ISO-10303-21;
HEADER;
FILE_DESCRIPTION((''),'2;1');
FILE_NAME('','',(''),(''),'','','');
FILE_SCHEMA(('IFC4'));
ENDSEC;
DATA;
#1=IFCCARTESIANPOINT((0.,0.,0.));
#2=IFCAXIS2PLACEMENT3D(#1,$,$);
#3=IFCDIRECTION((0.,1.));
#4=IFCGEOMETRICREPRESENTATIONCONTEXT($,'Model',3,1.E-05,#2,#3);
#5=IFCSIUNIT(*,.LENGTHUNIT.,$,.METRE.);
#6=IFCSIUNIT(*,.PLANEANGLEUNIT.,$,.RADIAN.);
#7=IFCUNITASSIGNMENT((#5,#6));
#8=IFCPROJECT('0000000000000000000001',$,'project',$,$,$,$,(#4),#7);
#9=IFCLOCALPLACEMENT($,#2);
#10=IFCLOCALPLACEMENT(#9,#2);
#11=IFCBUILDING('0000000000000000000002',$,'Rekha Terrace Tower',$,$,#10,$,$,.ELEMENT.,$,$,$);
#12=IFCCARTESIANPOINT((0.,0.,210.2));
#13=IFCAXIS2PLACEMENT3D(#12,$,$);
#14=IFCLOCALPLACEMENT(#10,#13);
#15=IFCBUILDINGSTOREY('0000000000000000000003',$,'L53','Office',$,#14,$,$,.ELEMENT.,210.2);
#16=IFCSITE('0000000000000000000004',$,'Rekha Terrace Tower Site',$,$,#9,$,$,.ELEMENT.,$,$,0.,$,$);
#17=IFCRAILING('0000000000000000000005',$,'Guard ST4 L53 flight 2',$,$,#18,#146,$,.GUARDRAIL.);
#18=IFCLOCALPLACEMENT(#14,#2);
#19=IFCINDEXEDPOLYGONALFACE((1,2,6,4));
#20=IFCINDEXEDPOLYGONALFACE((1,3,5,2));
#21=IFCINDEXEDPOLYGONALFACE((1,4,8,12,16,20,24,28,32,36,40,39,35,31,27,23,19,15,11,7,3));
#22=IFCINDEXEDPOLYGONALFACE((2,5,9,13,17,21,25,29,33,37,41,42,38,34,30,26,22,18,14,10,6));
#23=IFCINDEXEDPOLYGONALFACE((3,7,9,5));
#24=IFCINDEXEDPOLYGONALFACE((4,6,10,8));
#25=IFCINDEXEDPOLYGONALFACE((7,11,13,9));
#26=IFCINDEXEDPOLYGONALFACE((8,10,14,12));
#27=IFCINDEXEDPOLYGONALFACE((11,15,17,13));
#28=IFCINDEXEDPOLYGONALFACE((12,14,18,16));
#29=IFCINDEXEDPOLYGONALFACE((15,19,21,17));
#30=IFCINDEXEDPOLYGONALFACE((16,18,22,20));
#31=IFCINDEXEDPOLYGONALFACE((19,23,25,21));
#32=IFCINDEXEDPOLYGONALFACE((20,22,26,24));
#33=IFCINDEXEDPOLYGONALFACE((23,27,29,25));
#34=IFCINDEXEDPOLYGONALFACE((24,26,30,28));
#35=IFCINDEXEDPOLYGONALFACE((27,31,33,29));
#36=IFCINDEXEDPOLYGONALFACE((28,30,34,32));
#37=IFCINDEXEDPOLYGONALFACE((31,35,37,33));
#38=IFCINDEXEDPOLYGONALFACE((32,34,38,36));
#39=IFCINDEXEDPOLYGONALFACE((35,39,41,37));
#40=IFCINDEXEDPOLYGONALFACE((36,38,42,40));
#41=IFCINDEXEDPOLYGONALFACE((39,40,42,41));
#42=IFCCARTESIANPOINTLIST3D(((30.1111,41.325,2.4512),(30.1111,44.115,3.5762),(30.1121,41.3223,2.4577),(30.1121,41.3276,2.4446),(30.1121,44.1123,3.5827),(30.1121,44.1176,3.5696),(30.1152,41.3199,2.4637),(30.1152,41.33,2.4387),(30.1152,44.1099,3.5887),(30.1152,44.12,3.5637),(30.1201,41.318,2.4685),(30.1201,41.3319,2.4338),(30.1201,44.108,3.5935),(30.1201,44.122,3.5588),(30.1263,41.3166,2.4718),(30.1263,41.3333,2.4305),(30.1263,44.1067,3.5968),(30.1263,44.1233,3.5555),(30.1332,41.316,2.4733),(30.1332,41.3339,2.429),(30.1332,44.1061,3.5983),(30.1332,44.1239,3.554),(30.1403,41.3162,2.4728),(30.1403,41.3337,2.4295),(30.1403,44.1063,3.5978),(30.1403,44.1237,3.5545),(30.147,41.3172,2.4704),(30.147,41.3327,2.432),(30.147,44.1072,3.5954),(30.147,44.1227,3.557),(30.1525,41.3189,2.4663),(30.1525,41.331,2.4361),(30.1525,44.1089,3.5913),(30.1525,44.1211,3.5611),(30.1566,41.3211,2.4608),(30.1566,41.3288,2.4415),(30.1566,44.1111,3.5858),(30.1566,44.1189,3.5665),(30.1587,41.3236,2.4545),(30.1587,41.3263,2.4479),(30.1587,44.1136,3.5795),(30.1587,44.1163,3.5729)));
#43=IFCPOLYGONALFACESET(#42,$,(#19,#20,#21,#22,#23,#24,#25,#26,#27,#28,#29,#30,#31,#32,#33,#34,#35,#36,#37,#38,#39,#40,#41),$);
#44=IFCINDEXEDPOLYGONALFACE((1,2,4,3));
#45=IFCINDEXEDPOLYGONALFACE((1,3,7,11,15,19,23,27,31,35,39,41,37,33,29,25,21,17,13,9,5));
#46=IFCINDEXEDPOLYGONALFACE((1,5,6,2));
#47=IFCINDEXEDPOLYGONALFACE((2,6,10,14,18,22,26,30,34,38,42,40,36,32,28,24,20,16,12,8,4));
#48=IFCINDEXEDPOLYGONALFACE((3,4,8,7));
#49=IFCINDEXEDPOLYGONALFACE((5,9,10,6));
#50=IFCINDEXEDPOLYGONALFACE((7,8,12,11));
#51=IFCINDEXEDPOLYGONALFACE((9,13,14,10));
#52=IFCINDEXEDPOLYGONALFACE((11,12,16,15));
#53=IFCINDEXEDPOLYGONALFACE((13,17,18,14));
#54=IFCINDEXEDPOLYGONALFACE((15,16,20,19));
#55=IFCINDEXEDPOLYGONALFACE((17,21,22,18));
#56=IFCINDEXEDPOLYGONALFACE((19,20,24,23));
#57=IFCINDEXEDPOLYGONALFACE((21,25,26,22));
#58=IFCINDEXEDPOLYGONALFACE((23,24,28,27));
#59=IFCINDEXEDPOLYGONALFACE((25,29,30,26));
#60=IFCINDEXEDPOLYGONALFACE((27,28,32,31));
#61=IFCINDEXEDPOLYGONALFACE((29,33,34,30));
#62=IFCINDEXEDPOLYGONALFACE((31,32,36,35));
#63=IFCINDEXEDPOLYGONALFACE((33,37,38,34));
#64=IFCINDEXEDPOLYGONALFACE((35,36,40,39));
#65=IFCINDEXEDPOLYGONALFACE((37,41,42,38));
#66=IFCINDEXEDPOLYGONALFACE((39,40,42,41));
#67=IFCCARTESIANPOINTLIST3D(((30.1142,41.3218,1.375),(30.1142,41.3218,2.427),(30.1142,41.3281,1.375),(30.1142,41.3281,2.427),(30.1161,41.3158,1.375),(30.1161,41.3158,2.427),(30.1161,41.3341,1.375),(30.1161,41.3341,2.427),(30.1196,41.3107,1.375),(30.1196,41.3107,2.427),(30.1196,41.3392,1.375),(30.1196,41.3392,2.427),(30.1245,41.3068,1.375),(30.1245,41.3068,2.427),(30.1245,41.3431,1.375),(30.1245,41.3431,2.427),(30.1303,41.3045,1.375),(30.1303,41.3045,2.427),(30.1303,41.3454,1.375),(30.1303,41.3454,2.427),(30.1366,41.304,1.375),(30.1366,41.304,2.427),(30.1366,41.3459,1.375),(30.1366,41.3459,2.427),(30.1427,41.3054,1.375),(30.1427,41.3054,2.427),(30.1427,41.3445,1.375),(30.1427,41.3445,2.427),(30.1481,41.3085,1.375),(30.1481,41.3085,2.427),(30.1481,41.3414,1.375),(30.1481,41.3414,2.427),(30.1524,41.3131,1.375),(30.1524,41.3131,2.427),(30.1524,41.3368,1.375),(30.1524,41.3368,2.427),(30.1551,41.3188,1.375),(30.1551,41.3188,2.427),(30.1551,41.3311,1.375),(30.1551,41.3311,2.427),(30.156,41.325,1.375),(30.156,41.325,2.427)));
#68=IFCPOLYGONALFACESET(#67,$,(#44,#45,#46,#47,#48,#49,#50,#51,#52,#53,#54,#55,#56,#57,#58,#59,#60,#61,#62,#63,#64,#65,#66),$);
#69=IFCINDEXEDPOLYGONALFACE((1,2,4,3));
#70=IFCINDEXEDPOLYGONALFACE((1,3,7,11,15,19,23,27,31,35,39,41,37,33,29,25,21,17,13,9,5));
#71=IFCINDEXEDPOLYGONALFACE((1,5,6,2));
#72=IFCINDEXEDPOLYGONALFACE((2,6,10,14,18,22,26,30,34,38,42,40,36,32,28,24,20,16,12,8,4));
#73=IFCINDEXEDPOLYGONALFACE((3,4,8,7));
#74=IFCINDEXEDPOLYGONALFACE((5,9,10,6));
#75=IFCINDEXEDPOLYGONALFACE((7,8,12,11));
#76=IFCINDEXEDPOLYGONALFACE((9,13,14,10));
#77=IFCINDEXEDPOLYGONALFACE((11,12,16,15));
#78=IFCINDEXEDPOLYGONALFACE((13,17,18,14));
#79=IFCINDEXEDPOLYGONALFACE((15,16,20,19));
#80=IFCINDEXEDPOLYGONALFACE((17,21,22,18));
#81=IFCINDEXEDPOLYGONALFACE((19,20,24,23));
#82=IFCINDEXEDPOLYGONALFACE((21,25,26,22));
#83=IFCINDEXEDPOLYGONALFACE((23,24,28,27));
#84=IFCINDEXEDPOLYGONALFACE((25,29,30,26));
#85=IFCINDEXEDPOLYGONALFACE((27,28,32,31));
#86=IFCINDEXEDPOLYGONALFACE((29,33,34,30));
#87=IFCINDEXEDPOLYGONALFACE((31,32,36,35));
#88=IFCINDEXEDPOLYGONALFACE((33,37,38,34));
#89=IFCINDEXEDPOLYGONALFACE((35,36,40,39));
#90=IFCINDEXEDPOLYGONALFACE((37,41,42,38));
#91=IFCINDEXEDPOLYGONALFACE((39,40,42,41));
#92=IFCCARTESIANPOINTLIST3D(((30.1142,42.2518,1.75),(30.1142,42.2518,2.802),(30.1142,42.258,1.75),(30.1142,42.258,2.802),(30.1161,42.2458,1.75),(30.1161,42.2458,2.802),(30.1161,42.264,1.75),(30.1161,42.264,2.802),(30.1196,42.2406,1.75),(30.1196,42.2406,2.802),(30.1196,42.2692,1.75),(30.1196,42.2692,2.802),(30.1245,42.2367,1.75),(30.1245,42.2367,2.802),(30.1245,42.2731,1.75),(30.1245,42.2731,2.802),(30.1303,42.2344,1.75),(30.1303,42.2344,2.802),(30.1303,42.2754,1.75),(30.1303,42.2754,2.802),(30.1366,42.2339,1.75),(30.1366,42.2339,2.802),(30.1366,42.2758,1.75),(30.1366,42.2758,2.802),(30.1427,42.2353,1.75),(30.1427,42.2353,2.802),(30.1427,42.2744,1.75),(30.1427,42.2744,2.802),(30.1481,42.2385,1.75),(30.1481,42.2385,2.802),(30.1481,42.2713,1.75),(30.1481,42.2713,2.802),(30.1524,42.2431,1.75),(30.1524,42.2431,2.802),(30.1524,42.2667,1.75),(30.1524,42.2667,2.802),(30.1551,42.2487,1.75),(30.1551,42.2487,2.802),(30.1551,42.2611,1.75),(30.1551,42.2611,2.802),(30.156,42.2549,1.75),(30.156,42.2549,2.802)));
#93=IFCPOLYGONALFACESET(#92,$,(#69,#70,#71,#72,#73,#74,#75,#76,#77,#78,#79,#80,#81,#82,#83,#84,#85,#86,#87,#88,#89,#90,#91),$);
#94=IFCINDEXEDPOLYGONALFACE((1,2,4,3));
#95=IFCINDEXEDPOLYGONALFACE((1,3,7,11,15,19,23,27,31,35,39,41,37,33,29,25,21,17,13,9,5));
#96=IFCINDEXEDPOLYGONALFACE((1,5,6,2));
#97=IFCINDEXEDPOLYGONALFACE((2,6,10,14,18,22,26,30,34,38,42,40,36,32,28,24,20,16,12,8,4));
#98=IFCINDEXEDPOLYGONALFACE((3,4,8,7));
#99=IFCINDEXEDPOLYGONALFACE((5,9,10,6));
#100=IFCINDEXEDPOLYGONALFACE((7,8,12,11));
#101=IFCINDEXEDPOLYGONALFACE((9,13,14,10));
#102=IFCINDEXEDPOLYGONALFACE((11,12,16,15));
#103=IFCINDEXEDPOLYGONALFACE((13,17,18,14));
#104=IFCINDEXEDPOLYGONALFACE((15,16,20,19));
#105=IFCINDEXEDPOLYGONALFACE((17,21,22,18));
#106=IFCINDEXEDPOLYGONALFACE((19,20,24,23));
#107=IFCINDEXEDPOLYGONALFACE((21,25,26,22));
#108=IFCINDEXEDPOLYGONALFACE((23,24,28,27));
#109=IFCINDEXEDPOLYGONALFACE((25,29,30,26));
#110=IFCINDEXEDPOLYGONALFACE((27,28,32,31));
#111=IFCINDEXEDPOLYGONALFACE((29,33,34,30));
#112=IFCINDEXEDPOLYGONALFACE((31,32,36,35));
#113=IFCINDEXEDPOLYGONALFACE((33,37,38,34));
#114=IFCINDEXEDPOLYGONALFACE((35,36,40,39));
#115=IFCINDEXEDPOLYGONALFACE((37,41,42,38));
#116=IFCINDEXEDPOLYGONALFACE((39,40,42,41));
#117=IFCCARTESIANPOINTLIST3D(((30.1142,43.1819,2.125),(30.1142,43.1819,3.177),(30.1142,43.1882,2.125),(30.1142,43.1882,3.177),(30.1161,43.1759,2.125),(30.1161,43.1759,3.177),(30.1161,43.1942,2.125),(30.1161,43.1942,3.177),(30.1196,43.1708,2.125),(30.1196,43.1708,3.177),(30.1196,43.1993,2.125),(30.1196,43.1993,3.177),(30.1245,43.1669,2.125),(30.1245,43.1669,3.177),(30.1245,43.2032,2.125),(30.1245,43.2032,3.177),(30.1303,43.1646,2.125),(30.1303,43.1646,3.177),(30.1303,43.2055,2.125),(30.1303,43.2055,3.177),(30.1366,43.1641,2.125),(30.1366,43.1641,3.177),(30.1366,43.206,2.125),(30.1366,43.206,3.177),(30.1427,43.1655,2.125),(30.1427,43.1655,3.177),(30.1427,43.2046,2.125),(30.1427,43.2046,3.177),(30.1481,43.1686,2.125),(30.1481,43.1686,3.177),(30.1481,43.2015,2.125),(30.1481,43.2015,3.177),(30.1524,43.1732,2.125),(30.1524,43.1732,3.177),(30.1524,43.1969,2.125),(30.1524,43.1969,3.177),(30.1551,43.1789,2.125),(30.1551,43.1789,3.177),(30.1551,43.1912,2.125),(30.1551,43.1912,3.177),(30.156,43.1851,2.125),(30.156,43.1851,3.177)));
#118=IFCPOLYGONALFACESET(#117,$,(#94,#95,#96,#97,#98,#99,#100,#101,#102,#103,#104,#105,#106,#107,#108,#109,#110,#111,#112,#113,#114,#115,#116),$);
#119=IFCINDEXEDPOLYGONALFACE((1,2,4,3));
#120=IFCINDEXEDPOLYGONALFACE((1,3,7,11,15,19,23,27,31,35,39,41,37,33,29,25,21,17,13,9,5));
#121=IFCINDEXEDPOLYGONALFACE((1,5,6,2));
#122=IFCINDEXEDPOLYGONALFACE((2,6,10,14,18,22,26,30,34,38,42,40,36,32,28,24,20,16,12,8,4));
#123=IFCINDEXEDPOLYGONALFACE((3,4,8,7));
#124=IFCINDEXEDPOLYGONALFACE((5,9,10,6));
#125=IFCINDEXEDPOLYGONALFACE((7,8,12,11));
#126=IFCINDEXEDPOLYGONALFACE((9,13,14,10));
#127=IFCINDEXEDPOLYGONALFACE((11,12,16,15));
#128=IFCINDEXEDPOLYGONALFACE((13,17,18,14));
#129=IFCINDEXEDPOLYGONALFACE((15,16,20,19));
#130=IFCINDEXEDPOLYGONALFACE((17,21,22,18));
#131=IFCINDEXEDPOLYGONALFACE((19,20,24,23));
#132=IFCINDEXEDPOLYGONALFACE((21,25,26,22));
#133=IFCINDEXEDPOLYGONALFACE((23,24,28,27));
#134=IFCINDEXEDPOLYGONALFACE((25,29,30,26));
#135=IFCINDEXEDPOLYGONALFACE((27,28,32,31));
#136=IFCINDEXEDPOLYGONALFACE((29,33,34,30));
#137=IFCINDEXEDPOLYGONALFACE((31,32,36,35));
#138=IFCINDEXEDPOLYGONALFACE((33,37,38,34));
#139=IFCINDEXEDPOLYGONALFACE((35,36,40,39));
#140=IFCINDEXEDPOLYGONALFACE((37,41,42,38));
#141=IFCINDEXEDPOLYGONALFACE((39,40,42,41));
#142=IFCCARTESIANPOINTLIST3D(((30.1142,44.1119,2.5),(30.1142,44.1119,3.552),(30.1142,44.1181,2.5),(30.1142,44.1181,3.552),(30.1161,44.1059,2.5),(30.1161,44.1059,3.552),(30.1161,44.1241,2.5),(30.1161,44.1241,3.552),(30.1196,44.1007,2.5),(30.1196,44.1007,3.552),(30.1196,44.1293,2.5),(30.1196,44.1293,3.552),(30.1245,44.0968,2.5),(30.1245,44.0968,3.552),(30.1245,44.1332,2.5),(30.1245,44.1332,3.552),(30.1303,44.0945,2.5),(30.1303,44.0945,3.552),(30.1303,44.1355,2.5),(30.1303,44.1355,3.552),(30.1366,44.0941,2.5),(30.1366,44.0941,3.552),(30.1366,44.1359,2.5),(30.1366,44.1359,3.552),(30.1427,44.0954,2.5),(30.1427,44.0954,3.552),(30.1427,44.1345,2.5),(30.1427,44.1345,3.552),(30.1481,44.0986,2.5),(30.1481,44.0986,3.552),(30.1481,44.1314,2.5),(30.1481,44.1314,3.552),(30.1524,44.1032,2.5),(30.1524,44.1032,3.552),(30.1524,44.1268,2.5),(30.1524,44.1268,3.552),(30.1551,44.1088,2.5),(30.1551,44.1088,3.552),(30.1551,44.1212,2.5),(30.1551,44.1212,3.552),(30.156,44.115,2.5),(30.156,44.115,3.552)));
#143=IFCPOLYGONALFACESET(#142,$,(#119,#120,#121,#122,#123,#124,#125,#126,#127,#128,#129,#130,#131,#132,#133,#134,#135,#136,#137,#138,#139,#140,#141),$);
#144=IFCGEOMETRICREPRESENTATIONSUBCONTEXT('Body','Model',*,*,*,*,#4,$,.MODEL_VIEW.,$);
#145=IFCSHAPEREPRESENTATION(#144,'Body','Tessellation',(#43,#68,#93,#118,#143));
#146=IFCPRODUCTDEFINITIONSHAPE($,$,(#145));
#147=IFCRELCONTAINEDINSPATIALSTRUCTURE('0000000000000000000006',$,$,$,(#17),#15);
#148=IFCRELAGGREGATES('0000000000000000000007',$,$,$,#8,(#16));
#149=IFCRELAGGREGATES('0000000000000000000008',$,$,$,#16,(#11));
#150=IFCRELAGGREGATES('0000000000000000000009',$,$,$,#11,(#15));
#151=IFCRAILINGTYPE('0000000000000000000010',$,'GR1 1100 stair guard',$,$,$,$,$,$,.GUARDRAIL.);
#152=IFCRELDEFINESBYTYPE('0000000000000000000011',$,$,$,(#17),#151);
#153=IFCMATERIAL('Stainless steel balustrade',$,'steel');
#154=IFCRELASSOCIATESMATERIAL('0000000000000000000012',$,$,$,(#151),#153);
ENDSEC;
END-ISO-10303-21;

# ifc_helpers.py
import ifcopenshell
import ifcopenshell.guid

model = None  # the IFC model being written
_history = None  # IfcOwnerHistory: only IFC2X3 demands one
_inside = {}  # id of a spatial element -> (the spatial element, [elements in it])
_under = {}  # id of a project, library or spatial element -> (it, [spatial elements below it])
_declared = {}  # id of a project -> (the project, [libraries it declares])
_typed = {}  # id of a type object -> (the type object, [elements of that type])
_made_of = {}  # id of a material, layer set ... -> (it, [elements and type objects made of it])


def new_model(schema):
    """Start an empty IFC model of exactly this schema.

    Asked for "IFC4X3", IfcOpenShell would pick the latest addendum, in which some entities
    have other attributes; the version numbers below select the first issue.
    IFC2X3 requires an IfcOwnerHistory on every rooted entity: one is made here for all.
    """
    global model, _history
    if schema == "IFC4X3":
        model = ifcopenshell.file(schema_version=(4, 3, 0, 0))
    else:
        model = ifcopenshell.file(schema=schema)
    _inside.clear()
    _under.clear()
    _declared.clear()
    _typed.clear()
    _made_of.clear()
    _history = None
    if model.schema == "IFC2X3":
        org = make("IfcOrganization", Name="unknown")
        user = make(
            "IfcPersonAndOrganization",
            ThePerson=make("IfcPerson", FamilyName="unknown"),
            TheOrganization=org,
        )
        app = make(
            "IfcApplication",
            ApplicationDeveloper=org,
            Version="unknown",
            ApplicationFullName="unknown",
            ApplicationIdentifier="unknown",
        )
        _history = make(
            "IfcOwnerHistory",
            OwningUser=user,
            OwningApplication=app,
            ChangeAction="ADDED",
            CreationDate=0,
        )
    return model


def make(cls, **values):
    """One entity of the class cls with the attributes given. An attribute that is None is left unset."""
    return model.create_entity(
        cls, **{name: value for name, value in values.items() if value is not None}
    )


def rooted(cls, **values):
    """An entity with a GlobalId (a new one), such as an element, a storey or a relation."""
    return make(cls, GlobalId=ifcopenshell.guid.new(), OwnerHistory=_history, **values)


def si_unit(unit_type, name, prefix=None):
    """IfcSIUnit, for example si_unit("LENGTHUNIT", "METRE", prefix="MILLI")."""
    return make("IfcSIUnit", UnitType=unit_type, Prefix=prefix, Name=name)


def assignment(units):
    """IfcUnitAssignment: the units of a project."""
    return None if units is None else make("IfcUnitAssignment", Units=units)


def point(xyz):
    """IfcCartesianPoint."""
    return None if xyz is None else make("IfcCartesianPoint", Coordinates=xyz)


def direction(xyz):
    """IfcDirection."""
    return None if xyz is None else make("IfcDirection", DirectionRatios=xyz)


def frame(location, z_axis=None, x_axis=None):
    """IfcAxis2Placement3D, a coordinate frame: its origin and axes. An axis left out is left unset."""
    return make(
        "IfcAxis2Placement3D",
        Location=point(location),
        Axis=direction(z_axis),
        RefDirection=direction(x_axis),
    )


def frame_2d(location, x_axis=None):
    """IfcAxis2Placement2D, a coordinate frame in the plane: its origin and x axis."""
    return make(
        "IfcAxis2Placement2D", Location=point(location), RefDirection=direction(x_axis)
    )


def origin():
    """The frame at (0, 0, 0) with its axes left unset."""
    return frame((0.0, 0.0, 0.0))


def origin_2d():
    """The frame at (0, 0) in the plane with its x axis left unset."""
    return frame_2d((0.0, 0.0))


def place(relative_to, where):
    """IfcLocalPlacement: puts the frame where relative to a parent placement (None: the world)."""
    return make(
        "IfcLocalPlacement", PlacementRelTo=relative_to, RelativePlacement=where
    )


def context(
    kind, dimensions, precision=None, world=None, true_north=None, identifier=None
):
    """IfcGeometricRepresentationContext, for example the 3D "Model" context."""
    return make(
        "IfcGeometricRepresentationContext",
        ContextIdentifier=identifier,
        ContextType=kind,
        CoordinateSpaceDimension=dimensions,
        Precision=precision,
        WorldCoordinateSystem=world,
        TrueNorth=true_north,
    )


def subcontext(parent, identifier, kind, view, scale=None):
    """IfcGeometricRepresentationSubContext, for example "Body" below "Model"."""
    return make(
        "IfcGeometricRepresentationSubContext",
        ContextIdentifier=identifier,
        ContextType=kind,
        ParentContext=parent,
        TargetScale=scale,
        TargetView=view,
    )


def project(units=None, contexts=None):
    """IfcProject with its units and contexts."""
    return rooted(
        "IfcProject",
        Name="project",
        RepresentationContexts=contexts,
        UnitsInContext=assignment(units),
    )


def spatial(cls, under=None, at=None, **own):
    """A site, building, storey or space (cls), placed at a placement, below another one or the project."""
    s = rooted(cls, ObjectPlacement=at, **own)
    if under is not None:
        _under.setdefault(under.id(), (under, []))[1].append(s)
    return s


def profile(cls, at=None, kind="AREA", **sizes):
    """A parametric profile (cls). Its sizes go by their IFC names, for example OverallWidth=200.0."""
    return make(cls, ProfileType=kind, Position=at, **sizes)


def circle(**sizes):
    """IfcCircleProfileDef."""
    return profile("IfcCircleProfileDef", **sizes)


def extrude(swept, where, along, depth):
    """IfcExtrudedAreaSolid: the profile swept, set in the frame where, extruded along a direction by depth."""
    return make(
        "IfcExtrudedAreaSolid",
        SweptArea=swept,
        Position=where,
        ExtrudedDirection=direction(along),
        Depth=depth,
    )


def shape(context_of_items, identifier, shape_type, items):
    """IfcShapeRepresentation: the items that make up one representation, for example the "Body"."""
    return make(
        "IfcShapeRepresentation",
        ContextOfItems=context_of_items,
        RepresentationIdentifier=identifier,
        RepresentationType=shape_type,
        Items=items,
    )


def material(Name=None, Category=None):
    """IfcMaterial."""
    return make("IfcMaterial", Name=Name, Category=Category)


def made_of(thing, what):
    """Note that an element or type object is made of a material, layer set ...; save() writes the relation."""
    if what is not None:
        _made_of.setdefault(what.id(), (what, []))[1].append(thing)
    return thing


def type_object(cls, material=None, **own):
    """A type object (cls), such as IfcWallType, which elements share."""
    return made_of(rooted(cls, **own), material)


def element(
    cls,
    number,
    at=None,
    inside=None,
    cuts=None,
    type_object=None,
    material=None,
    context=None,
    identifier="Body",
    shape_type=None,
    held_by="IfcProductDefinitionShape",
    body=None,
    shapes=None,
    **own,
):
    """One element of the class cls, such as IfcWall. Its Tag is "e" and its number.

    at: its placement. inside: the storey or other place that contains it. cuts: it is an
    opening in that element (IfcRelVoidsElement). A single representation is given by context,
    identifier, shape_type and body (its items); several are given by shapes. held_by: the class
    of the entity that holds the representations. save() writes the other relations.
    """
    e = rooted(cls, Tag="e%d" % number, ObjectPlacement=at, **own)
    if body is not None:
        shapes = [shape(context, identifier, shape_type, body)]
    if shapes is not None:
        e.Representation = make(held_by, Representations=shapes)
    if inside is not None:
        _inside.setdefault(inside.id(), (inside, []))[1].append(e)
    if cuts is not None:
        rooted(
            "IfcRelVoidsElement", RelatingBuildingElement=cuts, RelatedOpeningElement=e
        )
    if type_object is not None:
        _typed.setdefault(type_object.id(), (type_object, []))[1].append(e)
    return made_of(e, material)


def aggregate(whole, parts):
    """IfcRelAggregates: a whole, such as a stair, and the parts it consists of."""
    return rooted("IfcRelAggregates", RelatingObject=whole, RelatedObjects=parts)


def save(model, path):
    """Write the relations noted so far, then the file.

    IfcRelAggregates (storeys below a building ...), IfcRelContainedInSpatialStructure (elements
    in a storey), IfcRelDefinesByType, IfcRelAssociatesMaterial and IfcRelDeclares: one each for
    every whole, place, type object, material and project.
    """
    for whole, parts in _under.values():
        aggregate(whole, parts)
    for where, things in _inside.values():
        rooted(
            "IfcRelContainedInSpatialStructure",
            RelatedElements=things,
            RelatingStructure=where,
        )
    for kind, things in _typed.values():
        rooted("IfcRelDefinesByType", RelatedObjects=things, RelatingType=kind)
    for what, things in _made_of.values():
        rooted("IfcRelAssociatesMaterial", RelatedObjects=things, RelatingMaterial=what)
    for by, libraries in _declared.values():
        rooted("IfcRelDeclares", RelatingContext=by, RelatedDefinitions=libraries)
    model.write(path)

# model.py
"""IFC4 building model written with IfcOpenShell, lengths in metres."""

from ifc_helpers import new_model, si_unit, direction, frame, origin, origin_2d, place, context, subcontext, project, spatial, circle, extrude, material, type_object, element, save


model = new_model("IFC4")

# Units and contexts
model_context = context("Model", 3, precision=1e-05, world=origin(), true_north=direction((0.0, 1.0)))
body_context = subcontext(model_context, "Body", "Model", "MODEL_VIEW")
ifc_project = project(units=[si_unit("LENGTHUNIT", "METRE"), si_unit("PLANEANGLEUNIT", "RADIAN")], contexts=[model_context])

# Site, building, storey
site_placement = place(None, origin())
site = spatial("IfcSite", under=ifc_project, at=site_placement, Name="Rekha Terrace Tower Site", CompositionType="ELEMENT", RefElevation=0.0)
building_placement = place(site_placement, origin())
building = spatial("IfcBuilding", under=site, at=building_placement, Name="Rekha Terrace Tower", CompositionType="ELEMENT")
storey_placement = place(building_placement, frame((0.0, 0.0, 210.2)))
storey = spatial("IfcBuildingStorey", under=building, at=storey_placement, Name="L53", Description="Office", CompositionType="ELEMENT", Elevation=210.2)

# Railing
ifc_material_1 = material(Name="Stainless steel balustrade", Category="steel")
railing_type_1 = type_object("IfcRailingType", Name="GR1 1100 stair guard", PredefinedType="GUARDRAIL", material=ifc_material_1)
railing_1_placement = place(storey_placement, frame((30.135, 41.325, 1.375)))
element("IfcRailing", 1, at=railing_1_placement, inside=storey, type_object=railing_type_1, Name="Guard ST4 L53 flight 2", PredefinedType="GUARDRAIL", context=body_context, shape_type="SweptSolid", body=[
    extrude(circle(Radius=0.0239, at=origin_2d()), frame((0.0, 0.0, 1.0762), z_axis=(0.0, 0.927443, 0.373964), x_axis=(-1.0, 0.0, 0.0)), (0.0, 0.0, 1.0), 3.0083),
    extrude(circle(Radius=0.021, at=origin_2d()), origin(), (0.0, 0.0, 1.0), 1.052),
    extrude(circle(Radius=0.021, at=origin_2d()), frame((0.0, 0.9299, 0.375)), (0.0, 0.0, 1.0), 1.052),
    extrude(circle(Radius=0.021, at=origin_2d()), frame((0.0, 1.8601, 0.75)), (0.0, 0.0, 1.0), 1.052),
    extrude(circle(Radius=0.021, at=origin_2d()), frame((0.0, 2.79, 1.125)), (0.0, 0.0, 1.0), 1.052),
])

save(model, "model.ifc")
